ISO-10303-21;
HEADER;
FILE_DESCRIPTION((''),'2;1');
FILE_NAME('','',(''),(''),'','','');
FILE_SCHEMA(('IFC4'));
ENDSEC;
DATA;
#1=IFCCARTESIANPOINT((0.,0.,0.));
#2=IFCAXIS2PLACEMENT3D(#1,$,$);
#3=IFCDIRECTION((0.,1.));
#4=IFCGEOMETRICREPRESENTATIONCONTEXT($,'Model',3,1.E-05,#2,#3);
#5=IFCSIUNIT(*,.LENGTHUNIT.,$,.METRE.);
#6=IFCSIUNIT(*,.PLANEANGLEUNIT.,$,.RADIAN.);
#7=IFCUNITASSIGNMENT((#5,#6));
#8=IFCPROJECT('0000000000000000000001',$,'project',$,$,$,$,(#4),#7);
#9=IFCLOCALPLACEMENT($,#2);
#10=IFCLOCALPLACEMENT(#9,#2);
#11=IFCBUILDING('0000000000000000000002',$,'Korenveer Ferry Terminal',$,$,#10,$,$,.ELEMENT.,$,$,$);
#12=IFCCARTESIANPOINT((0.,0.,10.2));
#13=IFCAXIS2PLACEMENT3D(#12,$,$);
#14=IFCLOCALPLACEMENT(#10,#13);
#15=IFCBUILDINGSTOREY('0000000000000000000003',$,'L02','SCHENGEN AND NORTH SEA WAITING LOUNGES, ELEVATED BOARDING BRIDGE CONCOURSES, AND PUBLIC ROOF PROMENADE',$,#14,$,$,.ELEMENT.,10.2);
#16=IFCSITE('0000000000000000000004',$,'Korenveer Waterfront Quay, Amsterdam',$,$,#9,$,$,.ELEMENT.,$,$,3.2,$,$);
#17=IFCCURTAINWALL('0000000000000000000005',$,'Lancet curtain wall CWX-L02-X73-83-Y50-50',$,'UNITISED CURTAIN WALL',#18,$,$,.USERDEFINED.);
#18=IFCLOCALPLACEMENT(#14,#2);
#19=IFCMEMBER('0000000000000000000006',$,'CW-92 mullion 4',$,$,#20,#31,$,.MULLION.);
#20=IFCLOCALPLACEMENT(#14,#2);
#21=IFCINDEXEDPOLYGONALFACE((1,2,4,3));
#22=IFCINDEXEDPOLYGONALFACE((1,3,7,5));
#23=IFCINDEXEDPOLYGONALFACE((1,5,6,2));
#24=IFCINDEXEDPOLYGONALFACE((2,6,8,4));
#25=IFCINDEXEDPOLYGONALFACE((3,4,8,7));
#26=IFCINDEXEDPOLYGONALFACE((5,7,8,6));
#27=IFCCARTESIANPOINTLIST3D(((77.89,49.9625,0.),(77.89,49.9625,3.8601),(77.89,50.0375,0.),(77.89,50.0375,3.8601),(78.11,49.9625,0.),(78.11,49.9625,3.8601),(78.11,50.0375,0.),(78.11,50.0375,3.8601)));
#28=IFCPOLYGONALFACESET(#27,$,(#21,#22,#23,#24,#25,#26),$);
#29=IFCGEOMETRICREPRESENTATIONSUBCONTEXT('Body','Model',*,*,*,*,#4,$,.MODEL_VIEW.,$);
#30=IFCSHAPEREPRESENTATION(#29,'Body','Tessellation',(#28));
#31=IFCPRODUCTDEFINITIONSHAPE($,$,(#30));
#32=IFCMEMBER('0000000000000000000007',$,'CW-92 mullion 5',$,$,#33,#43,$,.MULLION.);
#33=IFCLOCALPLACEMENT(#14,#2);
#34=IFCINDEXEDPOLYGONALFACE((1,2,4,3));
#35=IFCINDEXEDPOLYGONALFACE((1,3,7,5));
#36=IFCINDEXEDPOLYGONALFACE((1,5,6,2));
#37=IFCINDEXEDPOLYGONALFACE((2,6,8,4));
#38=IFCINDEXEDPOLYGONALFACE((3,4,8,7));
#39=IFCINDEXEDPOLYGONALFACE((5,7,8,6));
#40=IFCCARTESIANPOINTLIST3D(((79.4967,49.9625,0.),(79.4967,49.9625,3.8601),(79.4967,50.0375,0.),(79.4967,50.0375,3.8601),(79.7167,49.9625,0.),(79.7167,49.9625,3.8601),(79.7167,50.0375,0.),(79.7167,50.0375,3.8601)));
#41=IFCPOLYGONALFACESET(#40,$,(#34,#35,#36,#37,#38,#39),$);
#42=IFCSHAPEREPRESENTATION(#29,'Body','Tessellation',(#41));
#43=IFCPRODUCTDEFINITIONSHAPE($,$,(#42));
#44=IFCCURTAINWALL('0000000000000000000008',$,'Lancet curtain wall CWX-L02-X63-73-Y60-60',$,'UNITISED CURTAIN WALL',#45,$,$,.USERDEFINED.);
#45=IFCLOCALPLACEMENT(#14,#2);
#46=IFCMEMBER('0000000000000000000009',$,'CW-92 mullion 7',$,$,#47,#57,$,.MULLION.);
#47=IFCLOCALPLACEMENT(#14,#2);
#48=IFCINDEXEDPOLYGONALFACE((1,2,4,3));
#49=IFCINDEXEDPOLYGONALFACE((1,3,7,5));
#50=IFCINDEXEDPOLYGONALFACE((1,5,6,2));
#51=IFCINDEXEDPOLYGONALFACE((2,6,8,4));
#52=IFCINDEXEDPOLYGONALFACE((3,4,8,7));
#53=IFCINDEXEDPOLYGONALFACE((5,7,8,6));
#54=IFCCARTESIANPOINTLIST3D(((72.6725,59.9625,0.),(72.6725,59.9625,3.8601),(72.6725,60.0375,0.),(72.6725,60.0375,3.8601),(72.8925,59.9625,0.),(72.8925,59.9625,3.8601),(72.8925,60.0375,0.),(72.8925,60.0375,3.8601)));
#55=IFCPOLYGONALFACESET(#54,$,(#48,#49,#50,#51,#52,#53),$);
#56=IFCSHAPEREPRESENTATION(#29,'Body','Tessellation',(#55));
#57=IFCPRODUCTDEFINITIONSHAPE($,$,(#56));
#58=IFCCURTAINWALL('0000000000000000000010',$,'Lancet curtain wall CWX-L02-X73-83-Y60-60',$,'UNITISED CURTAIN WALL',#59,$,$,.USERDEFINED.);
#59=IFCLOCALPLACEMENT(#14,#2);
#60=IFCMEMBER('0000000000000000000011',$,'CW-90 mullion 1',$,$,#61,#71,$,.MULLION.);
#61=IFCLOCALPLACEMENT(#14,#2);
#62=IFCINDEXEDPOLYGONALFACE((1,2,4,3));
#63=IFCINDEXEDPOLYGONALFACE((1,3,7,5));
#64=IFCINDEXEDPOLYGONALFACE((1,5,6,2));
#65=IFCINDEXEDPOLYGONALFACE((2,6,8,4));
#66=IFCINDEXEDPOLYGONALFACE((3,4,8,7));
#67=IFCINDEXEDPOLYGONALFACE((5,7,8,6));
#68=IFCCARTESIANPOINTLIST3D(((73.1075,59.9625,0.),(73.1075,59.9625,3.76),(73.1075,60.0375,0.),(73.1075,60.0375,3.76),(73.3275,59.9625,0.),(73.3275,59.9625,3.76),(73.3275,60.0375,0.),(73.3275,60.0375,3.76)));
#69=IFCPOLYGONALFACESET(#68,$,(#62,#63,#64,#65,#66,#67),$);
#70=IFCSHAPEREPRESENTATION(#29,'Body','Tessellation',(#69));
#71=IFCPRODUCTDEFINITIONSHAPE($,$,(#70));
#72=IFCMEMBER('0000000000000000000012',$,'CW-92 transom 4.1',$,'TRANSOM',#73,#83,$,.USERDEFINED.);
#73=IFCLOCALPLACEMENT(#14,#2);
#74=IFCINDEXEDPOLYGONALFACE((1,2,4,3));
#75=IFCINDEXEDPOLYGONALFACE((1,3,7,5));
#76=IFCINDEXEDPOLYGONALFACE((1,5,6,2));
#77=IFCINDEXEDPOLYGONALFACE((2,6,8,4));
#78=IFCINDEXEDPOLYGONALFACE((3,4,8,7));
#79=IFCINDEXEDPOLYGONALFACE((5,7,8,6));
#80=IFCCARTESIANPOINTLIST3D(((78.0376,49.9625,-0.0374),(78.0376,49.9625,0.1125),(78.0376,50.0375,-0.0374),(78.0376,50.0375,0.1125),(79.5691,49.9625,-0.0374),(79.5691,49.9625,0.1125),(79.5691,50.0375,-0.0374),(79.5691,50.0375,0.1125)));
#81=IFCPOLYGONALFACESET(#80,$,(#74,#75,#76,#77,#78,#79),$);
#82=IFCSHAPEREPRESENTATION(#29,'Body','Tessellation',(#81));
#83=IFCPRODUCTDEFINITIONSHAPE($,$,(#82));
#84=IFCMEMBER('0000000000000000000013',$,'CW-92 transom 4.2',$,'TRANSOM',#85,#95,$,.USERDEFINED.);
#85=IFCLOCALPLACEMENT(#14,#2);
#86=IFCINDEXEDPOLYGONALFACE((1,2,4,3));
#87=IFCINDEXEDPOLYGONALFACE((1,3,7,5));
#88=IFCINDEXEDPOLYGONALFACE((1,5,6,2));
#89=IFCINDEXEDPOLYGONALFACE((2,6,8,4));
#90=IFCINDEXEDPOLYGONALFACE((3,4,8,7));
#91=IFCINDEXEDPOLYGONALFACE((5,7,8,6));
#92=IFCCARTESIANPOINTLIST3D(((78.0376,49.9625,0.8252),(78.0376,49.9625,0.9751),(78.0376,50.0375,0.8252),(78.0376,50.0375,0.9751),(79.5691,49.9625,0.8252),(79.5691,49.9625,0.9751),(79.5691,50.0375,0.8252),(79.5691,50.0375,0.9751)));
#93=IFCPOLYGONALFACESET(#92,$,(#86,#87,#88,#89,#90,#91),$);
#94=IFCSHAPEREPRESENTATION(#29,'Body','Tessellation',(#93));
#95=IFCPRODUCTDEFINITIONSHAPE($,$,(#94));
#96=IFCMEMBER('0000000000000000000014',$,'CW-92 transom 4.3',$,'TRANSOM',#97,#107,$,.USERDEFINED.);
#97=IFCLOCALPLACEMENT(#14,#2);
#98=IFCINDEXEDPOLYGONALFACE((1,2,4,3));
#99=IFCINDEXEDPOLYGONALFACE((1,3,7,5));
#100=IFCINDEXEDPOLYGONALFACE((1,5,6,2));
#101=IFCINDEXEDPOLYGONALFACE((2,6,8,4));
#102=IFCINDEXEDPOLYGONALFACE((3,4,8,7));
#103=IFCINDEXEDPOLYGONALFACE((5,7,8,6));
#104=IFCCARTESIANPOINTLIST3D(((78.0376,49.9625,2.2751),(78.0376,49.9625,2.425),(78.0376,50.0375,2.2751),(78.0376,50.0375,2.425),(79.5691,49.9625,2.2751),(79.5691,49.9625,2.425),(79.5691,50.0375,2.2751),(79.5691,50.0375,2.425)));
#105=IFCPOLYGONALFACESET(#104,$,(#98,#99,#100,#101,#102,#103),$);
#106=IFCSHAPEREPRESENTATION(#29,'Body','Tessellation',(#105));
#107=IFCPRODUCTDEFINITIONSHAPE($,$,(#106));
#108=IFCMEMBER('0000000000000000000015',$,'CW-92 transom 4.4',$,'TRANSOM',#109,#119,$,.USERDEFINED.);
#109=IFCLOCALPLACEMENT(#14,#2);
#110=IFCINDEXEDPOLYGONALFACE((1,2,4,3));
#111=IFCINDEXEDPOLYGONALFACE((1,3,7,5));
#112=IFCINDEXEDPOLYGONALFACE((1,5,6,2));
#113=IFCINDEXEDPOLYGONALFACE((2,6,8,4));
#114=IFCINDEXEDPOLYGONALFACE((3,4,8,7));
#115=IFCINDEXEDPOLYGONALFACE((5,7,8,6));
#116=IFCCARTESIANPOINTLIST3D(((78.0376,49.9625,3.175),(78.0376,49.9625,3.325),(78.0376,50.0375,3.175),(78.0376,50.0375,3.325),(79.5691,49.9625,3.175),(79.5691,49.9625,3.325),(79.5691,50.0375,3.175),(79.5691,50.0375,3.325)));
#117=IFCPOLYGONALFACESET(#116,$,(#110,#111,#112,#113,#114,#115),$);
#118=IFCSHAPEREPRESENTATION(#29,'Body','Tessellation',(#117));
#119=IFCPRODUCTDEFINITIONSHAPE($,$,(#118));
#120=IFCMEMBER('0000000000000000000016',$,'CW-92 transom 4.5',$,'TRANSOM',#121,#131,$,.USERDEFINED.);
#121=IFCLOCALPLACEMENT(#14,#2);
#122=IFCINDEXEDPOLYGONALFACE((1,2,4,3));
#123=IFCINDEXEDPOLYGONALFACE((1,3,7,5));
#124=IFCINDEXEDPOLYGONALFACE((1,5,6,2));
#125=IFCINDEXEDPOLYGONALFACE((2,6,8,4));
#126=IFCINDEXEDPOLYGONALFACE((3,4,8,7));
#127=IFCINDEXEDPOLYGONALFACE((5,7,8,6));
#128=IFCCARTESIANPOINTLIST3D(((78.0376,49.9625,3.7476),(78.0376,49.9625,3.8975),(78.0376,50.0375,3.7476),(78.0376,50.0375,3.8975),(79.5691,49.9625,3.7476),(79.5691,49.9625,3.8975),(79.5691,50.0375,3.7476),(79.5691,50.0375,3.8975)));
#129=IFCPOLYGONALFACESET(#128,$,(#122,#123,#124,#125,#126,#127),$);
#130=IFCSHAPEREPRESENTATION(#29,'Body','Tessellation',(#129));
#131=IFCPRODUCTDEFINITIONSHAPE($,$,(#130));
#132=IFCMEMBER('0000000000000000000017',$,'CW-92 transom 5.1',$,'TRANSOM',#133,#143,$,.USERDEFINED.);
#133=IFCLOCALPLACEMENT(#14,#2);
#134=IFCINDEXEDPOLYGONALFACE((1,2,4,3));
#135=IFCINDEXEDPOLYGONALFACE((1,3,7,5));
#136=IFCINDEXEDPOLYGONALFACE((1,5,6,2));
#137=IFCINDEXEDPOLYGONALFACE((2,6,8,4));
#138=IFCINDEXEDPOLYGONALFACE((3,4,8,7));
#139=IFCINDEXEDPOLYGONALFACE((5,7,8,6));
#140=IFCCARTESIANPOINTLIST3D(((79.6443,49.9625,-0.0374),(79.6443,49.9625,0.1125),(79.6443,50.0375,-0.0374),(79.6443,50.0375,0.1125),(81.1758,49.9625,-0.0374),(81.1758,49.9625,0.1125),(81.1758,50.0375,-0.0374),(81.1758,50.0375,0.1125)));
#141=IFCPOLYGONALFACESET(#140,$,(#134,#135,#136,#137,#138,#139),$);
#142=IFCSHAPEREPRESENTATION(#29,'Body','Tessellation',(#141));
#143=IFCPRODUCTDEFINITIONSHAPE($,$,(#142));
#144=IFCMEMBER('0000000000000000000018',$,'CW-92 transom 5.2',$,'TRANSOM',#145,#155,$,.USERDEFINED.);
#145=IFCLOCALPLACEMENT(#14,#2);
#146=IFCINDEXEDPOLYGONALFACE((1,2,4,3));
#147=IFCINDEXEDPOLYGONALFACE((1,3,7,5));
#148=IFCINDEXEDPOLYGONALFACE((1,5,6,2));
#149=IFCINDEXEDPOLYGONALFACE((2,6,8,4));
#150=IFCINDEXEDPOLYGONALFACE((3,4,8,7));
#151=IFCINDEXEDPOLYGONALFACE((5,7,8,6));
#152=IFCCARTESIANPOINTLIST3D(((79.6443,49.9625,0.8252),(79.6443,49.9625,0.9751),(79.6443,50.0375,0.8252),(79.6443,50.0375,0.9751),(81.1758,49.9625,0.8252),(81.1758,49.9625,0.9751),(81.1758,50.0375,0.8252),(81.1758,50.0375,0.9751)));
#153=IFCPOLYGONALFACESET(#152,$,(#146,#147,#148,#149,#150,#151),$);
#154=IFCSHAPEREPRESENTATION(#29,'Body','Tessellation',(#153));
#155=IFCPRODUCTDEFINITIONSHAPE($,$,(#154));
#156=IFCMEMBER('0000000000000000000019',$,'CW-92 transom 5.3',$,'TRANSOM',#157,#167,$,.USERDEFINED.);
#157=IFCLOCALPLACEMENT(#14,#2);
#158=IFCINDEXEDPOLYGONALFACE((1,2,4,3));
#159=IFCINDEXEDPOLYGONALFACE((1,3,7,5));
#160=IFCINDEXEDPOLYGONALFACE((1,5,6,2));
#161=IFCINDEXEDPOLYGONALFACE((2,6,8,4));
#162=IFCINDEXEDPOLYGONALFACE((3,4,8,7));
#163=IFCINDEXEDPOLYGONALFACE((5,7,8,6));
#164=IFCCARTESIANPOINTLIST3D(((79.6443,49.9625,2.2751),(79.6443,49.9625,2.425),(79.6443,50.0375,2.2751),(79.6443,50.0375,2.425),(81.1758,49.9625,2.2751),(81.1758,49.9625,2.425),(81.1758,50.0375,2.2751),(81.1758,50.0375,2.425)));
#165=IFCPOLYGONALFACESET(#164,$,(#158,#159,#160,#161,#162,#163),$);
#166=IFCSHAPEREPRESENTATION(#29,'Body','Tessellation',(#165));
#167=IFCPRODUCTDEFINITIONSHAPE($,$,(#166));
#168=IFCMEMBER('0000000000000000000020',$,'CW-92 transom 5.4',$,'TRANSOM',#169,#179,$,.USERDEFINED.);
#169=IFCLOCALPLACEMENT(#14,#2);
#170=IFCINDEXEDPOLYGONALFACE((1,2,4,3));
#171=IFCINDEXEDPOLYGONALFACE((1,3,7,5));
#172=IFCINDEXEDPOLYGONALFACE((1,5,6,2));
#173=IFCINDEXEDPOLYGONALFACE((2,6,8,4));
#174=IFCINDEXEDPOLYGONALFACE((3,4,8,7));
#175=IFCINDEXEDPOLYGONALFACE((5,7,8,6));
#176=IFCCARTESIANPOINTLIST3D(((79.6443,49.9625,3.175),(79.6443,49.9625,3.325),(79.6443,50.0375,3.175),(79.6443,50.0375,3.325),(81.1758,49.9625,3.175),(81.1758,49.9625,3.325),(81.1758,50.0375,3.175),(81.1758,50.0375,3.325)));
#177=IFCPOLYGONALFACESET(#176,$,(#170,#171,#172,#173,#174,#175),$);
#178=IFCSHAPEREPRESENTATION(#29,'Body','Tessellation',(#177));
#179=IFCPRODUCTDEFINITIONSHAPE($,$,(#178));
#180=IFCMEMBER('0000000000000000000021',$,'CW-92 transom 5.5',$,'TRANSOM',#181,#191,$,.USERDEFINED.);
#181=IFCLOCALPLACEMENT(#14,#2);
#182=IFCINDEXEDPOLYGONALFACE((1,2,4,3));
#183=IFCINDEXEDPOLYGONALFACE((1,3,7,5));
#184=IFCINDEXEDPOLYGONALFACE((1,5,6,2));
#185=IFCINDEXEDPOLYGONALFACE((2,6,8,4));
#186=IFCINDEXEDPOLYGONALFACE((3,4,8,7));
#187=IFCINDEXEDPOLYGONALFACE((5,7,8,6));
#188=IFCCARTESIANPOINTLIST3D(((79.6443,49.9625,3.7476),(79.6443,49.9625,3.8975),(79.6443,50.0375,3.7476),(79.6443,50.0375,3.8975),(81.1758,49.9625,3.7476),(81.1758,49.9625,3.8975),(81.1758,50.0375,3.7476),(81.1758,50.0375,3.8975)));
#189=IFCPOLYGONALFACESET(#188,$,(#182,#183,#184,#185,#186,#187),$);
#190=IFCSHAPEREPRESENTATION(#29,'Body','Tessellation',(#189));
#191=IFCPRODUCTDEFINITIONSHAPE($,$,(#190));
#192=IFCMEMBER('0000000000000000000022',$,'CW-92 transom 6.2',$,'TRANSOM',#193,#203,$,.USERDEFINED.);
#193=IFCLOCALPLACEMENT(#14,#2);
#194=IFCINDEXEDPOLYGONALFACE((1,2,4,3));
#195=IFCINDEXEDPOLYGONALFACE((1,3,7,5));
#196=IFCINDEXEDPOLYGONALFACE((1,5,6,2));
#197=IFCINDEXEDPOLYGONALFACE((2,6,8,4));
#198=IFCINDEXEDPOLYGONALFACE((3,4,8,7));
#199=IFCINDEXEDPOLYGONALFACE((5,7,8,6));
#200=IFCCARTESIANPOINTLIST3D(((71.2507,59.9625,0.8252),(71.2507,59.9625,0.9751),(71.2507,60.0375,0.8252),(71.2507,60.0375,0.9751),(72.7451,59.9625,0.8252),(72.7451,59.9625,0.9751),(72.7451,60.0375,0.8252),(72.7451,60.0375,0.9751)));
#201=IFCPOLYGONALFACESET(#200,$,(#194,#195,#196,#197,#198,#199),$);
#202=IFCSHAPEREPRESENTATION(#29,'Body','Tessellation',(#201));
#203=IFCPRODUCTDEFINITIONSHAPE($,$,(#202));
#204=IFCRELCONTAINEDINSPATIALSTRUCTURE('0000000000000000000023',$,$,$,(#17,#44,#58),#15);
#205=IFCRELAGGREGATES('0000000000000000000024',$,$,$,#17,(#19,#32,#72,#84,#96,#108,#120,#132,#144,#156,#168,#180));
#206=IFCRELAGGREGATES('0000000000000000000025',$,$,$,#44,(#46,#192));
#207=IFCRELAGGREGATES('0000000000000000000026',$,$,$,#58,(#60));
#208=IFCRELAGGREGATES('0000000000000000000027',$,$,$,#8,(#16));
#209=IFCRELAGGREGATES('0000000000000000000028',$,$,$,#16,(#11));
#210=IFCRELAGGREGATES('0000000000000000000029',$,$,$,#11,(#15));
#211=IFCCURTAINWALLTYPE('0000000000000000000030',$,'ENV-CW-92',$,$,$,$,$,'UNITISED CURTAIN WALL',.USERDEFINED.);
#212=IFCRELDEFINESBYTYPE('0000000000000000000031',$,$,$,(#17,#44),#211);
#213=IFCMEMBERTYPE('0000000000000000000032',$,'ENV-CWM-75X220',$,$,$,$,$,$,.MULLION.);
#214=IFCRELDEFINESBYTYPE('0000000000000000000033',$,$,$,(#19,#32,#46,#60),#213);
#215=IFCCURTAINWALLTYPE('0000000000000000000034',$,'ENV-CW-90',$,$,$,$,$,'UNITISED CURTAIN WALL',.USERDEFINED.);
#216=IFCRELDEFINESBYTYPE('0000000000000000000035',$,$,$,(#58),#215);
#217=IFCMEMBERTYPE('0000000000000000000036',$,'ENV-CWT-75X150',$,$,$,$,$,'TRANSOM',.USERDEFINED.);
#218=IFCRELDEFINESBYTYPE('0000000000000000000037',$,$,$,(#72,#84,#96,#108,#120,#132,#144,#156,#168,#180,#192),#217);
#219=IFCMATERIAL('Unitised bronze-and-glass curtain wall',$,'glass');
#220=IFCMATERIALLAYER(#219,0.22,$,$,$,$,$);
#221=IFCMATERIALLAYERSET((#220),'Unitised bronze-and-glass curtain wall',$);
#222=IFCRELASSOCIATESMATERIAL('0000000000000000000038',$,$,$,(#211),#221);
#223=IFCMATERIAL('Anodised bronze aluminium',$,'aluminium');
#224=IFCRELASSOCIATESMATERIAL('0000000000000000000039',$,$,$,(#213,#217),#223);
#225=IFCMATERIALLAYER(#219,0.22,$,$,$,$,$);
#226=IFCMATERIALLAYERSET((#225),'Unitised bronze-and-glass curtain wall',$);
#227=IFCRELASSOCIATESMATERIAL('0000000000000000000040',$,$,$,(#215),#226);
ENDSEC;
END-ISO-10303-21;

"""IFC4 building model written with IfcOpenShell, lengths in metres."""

from ifc_helpers import new_model, si_unit, direction, frame, origin, origin_2d, place, context, subcontext, project, spatial, rectangle, extrude, material, layer, layer_set, material_profile, profile_set, type_object, element, aggregate, save


model = new_model("IFC4")

# Units and contexts
model_context = context("Model", 3, precision=1e-05, world=origin(), true_north=direction((0.0, 1.0)))
body_context = subcontext(model_context, "Body", "Model", "MODEL_VIEW")
ifc_project = project(units=[si_unit("LENGTHUNIT", "METRE"), si_unit("PLANEANGLEUNIT", "RADIAN")], contexts=[model_context])

# Site, building, storey
site_placement = place(None, origin())
site = spatial("IfcSite", under=ifc_project, at=site_placement, Name="Korenveer Waterfront Quay, Amsterdam", CompositionType="ELEMENT", RefElevation=3.2)
building_placement = place(site_placement, origin())
building = spatial("IfcBuilding", under=site, at=building_placement, Name="Korenveer Ferry Terminal", CompositionType="ELEMENT")
storey_placement = place(building_placement, frame((0.0, 0.0, 10.2)))
storey = spatial("IfcBuildingStorey", under=building, at=storey_placement, Name="L02", Description="SCHENGEN AND NORTH SEA WAITING LOUNGES, ELEVATED BOARDING BRIDGE CONCOURSES, AND PUBLIC ROOF PROMENADE", CompositionType="ELEMENT", Elevation=10.2)

# Curtain wall, members
ifc_material_1 = material(Name="Unitised bronze-and-glass curtain wall", Category="glass")
ifc_layer_1 = layer(ifc_material_1, 0.22)
ifc_layer_set_1 = layer_set([ifc_layer_1], Name="Unitised bronze-and-glass curtain wall")
curtain_wall_type_1 = type_object("IfcCurtainWallType", Name="ENV-CW-92", ElementType="UNITISED CURTAIN WALL", PredefinedType="USERDEFINED", material=ifc_layer_set_1)
curtain_wall_1_placement = place(storey_placement, frame((73.1799, 50.0, 0.0)))
curtain_wall_1 = element("IfcCurtainWall", 1, at=curtain_wall_1_placement, inside=storey, type_object=curtain_wall_type_1, Name="Lancet curtain wall CWX-L02-X73-83-Y50-50", ObjectType="UNITISED CURTAIN WALL", PredefinedType="USERDEFINED")
ifc_material_2 = material(Name="Anodised bronze aluminium", Category="aluminium")
ifc_material_profile_1 = material_profile(ifc_material_2, rectangle(XDim=0.075, YDim=0.22, at=origin_2d()), Name="ALU 75x220")
ifc_profile_set_1 = profile_set([ifc_material_profile_1], Name="Anodised bronze aluminium")
member_type_1 = type_object("IfcMemberType", Name="ENV-CWM-75X220", PredefinedType="MULLION", material=ifc_profile_set_1)
member_1_placement = place(storey_placement, frame((78.0, 50.0, 0.0), z_axis=(0.0, 0.0, 1.0), x_axis=(0.0, 1.0, 0.0)))
member_1 = element("IfcMember", 2, at=member_1_placement, type_object=member_type_1, Name="CW-92 mullion 4", PredefinedType="MULLION", context=body_context, shape_type="SweptSolid", body=[
    extrude(rectangle(XDim=0.075, YDim=0.22, at=origin_2d()), origin(), (0.0, 0.0, 1.0), 3.8601),
])
member_2_placement = place(storey_placement, frame((79.6067, 50.0, 0.0), z_axis=(0.0, 0.0, 1.0), x_axis=(0.0, 1.0, 0.0)))
member_2 = element("IfcMember", 3, at=member_2_placement, type_object=member_type_1, Name="CW-92 mullion 5", PredefinedType="MULLION", context=body_context, shape_type="SweptSolid", body=[
    extrude(rectangle(XDim=0.075, YDim=0.22, at=origin_2d()), origin(), (0.0, 0.0, 1.0), 3.8601),
])

# Curtain walls, members
curtain_wall_2_placement = place(storey_placement, frame((63.1799, 60.0, 0.0)))
curtain_wall_2 = element("IfcCurtainWall", 4, at=curtain_wall_2_placement, inside=storey, type_object=curtain_wall_type_1, Name="Lancet curtain wall CWX-L02-X63-73-Y60-60", ObjectType="UNITISED CURTAIN WALL", PredefinedType="USERDEFINED")
member_3_placement = place(storey_placement, frame((72.7825, 60.0, 0.0), z_axis=(0.0, 0.0, 1.0), x_axis=(0.0, 1.0, 0.0)))
member_3 = element("IfcMember", 5, at=member_3_placement, type_object=member_type_1, Name="CW-92 mullion 7", PredefinedType="MULLION", context=body_context, shape_type="SweptSolid", body=[
    extrude(rectangle(XDim=0.075, YDim=0.22, at=origin_2d()), origin(), (0.0, 0.0, 1.0), 3.8601),
])
ifc_layer_2 = layer(ifc_material_1, 0.22)
ifc_layer_set_2 = layer_set([ifc_layer_2], Name="Unitised bronze-and-glass curtain wall")
curtain_wall_type_2 = type_object("IfcCurtainWallType", Name="ENV-CW-90", ElementType="UNITISED CURTAIN WALL", PredefinedType="USERDEFINED", material=ifc_layer_set_2)
curtain_wall_3_placement = place(storey_placement, frame((73.1799, 60.0, 0.0)))
curtain_wall_3 = element("IfcCurtainWall", 6, at=curtain_wall_3_placement, inside=storey, type_object=curtain_wall_type_2, Name="Lancet curtain wall CWX-L02-X73-83-Y60-60", ObjectType="UNITISED CURTAIN WALL", PredefinedType="USERDEFINED")
member_4_placement = place(storey_placement, frame((73.2175, 60.0, 0.0), z_axis=(0.0, 0.0, 1.0), x_axis=(0.0, 1.0, 0.0)))
member_4 = element("IfcMember", 7, at=member_4_placement, type_object=member_type_1, Name="CW-90 mullion 1", PredefinedType="MULLION", context=body_context, shape_type="SweptSolid", body=[
    extrude(rectangle(XDim=0.075, YDim=0.22, at=origin_2d()), origin(), (0.0, 0.0, 1.0), 3.76),
])

# Members
ifc_material_profile_2 = material_profile(ifc_material_2, rectangle(XDim=0.075, YDim=0.1499, at=origin_2d()), Name="ALU 75x150")
ifc_profile_set_2 = profile_set([ifc_material_profile_2], Name="Anodised bronze aluminium")
member_type_2 = type_object("IfcMemberType", Name="ENV-CWT-75X150", ElementType="TRANSOM", PredefinedType="USERDEFINED", material=ifc_profile_set_2)
member_5_placement = place(storey_placement, frame((78.0376, 50.0, 0.0376), z_axis=(1.0, 0.0, 0.0), x_axis=(0.0, 1.0, 0.0)))
member_5 = element("IfcMember", 8, at=member_5_placement, type_object=member_type_2, Name="CW-92 transom 4.1", ObjectType="TRANSOM", PredefinedType="USERDEFINED", context=body_context, shape_type="SweptSolid", body=[
    extrude(rectangle(XDim=0.075, YDim=0.1499, at=origin_2d()), origin(), (0.0, 0.0, 1.0), 1.5315),
])
member_6_placement = place(storey_placement, frame((78.0376, 50.0, 0.9001), z_axis=(1.0, 0.0, 0.0), x_axis=(0.0, 1.0, 0.0)))
member_6 = element("IfcMember", 9, at=member_6_placement, type_object=member_type_2, Name="CW-92 transom 4.2", ObjectType="TRANSOM", PredefinedType="USERDEFINED", context=body_context, shape_type="SweptSolid", body=[
    extrude(rectangle(XDim=0.075, YDim=0.1499, at=origin_2d()), origin(), (0.0, 0.0, 1.0), 1.5315),
])
member_7_placement = place(storey_placement, frame((78.0376, 50.0, 2.3501), z_axis=(1.0, 0.0, 0.0), x_axis=(0.0, 1.0, 0.0)))
member_7 = element("IfcMember", 10, at=member_7_placement, type_object=member_type_2, Name="CW-92 transom 4.3", ObjectType="TRANSOM", PredefinedType="USERDEFINED", context=body_context, shape_type="SweptSolid", body=[
    extrude(rectangle(XDim=0.075, YDim=0.1499, at=origin_2d()), origin(), (0.0, 0.0, 1.0), 1.5315),
])
member_8_placement = place(storey_placement, frame((78.0376, 50.0, 3.25), z_axis=(1.0, 0.0, 0.0), x_axis=(0.0, 1.0, 0.0)))
member_8 = element("IfcMember", 11, at=member_8_placement, type_object=member_type_2, Name="CW-92 transom 4.4", ObjectType="TRANSOM", PredefinedType="USERDEFINED", context=body_context, shape_type="SweptSolid", body=[
    extrude(rectangle(XDim=0.075, YDim=0.1499, at=origin_2d()), origin(), (0.0, 0.0, 1.0), 1.5315),
])
member_9_placement = place(storey_placement, frame((78.0376, 50.0, 3.8225), z_axis=(1.0, 0.0, 0.0), x_axis=(0.0, 1.0, 0.0)))
member_9 = element("IfcMember", 12, at=member_9_placement, type_object=member_type_2, Name="CW-92 transom 4.5", ObjectType="TRANSOM", PredefinedType="USERDEFINED", context=body_context, shape_type="SweptSolid", body=[
    extrude(rectangle(XDim=0.075, YDim=0.1499, at=origin_2d()), origin(), (0.0, 0.0, 1.0), 1.5315),
])
member_10_placement = place(storey_placement, frame((79.6443, 50.0, 0.0376), z_axis=(1.0, 0.0, 0.0), x_axis=(0.0, 1.0, 0.0)))
member_10 = element("IfcMember", 13, at=member_10_placement, type_object=member_type_2, Name="CW-92 transom 5.1", ObjectType="TRANSOM", PredefinedType="USERDEFINED", context=body_context, shape_type="SweptSolid", body=[
    extrude(rectangle(XDim=0.075, YDim=0.1499, at=origin_2d()), origin(), (0.0, 0.0, 1.0), 1.5315),
])
member_11_placement = place(storey_placement, frame((79.6443, 50.0, 0.9001), z_axis=(1.0, 0.0, 0.0), x_axis=(0.0, 1.0, 0.0)))
member_11 = element("IfcMember", 14, at=member_11_placement, type_object=member_type_2, Name="CW-92 transom 5.2", ObjectType="TRANSOM", PredefinedType="USERDEFINED", context=body_context, shape_type="SweptSolid", body=[
    extrude(rectangle(XDim=0.075, YDim=0.1499, at=origin_2d()), origin(), (0.0, 0.0, 1.0), 1.5315),
])
member_12_placement = place(storey_placement, frame((79.6443, 50.0, 2.3501), z_axis=(1.0, 0.0, 0.0), x_axis=(0.0, 1.0, 0.0)))
member_12 = element("IfcMember", 15, at=member_12_placement, type_object=member_type_2, Name="CW-92 transom 5.3", ObjectType="TRANSOM", PredefinedType="USERDEFINED", context=body_context, shape_type="SweptSolid", body=[
    extrude(rectangle(XDim=0.075, YDim=0.1499, at=origin_2d()), origin(), (0.0, 0.0, 1.0), 1.5315),
])
member_13_placement = place(storey_placement, frame((79.6443, 50.0, 3.25), z_axis=(1.0, 0.0, 0.0), x_axis=(0.0, 1.0, 0.0)))
member_13 = element("IfcMember", 16, at=member_13_placement, type_object=member_type_2, Name="CW-92 transom 5.4", ObjectType="TRANSOM", PredefinedType="USERDEFINED", context=body_context, shape_type="SweptSolid", body=[
    extrude(rectangle(XDim=0.075, YDim=0.1499, at=origin_2d()), origin(), (0.0, 0.0, 1.0), 1.5315),
])
member_14_placement = place(storey_placement, frame((79.6443, 50.0, 3.8225), z_axis=(1.0, 0.0, 0.0), x_axis=(0.0, 1.0, 0.0)))
member_14 = element("IfcMember", 17, at=member_14_placement, type_object=member_type_2, Name="CW-92 transom 5.5", ObjectType="TRANSOM", PredefinedType="USERDEFINED", context=body_context, shape_type="SweptSolid", body=[
    extrude(rectangle(XDim=0.075, YDim=0.1499, at=origin_2d()), origin(), (0.0, 0.0, 1.0), 1.5315),
])
member_15_placement = place(storey_placement, frame((71.2507, 60.0, 0.9001), z_axis=(1.0, 0.0, 0.0), x_axis=(0.0, 1.0, 0.0)))
member_15 = element("IfcMember", 18, at=member_15_placement, type_object=member_type_2, Name="CW-92 transom 6.2", ObjectType="TRANSOM", PredefinedType="USERDEFINED", context=body_context, shape_type="SweptSolid", body=[
    extrude(rectangle(XDim=0.075, YDim=0.1499, at=origin_2d()), origin(), (0.0, 0.0, 1.0), 1.4944),
])

aggregate(curtain_wall_1, [member_1, member_2, member_5, member_6, member_7, member_8, member_9, member_10, member_11, member_12, member_13, member_14])
aggregate(curtain_wall_2, [member_3, member_15])
aggregate(curtain_wall_3, [member_4])

save(model, "model.ifc")
